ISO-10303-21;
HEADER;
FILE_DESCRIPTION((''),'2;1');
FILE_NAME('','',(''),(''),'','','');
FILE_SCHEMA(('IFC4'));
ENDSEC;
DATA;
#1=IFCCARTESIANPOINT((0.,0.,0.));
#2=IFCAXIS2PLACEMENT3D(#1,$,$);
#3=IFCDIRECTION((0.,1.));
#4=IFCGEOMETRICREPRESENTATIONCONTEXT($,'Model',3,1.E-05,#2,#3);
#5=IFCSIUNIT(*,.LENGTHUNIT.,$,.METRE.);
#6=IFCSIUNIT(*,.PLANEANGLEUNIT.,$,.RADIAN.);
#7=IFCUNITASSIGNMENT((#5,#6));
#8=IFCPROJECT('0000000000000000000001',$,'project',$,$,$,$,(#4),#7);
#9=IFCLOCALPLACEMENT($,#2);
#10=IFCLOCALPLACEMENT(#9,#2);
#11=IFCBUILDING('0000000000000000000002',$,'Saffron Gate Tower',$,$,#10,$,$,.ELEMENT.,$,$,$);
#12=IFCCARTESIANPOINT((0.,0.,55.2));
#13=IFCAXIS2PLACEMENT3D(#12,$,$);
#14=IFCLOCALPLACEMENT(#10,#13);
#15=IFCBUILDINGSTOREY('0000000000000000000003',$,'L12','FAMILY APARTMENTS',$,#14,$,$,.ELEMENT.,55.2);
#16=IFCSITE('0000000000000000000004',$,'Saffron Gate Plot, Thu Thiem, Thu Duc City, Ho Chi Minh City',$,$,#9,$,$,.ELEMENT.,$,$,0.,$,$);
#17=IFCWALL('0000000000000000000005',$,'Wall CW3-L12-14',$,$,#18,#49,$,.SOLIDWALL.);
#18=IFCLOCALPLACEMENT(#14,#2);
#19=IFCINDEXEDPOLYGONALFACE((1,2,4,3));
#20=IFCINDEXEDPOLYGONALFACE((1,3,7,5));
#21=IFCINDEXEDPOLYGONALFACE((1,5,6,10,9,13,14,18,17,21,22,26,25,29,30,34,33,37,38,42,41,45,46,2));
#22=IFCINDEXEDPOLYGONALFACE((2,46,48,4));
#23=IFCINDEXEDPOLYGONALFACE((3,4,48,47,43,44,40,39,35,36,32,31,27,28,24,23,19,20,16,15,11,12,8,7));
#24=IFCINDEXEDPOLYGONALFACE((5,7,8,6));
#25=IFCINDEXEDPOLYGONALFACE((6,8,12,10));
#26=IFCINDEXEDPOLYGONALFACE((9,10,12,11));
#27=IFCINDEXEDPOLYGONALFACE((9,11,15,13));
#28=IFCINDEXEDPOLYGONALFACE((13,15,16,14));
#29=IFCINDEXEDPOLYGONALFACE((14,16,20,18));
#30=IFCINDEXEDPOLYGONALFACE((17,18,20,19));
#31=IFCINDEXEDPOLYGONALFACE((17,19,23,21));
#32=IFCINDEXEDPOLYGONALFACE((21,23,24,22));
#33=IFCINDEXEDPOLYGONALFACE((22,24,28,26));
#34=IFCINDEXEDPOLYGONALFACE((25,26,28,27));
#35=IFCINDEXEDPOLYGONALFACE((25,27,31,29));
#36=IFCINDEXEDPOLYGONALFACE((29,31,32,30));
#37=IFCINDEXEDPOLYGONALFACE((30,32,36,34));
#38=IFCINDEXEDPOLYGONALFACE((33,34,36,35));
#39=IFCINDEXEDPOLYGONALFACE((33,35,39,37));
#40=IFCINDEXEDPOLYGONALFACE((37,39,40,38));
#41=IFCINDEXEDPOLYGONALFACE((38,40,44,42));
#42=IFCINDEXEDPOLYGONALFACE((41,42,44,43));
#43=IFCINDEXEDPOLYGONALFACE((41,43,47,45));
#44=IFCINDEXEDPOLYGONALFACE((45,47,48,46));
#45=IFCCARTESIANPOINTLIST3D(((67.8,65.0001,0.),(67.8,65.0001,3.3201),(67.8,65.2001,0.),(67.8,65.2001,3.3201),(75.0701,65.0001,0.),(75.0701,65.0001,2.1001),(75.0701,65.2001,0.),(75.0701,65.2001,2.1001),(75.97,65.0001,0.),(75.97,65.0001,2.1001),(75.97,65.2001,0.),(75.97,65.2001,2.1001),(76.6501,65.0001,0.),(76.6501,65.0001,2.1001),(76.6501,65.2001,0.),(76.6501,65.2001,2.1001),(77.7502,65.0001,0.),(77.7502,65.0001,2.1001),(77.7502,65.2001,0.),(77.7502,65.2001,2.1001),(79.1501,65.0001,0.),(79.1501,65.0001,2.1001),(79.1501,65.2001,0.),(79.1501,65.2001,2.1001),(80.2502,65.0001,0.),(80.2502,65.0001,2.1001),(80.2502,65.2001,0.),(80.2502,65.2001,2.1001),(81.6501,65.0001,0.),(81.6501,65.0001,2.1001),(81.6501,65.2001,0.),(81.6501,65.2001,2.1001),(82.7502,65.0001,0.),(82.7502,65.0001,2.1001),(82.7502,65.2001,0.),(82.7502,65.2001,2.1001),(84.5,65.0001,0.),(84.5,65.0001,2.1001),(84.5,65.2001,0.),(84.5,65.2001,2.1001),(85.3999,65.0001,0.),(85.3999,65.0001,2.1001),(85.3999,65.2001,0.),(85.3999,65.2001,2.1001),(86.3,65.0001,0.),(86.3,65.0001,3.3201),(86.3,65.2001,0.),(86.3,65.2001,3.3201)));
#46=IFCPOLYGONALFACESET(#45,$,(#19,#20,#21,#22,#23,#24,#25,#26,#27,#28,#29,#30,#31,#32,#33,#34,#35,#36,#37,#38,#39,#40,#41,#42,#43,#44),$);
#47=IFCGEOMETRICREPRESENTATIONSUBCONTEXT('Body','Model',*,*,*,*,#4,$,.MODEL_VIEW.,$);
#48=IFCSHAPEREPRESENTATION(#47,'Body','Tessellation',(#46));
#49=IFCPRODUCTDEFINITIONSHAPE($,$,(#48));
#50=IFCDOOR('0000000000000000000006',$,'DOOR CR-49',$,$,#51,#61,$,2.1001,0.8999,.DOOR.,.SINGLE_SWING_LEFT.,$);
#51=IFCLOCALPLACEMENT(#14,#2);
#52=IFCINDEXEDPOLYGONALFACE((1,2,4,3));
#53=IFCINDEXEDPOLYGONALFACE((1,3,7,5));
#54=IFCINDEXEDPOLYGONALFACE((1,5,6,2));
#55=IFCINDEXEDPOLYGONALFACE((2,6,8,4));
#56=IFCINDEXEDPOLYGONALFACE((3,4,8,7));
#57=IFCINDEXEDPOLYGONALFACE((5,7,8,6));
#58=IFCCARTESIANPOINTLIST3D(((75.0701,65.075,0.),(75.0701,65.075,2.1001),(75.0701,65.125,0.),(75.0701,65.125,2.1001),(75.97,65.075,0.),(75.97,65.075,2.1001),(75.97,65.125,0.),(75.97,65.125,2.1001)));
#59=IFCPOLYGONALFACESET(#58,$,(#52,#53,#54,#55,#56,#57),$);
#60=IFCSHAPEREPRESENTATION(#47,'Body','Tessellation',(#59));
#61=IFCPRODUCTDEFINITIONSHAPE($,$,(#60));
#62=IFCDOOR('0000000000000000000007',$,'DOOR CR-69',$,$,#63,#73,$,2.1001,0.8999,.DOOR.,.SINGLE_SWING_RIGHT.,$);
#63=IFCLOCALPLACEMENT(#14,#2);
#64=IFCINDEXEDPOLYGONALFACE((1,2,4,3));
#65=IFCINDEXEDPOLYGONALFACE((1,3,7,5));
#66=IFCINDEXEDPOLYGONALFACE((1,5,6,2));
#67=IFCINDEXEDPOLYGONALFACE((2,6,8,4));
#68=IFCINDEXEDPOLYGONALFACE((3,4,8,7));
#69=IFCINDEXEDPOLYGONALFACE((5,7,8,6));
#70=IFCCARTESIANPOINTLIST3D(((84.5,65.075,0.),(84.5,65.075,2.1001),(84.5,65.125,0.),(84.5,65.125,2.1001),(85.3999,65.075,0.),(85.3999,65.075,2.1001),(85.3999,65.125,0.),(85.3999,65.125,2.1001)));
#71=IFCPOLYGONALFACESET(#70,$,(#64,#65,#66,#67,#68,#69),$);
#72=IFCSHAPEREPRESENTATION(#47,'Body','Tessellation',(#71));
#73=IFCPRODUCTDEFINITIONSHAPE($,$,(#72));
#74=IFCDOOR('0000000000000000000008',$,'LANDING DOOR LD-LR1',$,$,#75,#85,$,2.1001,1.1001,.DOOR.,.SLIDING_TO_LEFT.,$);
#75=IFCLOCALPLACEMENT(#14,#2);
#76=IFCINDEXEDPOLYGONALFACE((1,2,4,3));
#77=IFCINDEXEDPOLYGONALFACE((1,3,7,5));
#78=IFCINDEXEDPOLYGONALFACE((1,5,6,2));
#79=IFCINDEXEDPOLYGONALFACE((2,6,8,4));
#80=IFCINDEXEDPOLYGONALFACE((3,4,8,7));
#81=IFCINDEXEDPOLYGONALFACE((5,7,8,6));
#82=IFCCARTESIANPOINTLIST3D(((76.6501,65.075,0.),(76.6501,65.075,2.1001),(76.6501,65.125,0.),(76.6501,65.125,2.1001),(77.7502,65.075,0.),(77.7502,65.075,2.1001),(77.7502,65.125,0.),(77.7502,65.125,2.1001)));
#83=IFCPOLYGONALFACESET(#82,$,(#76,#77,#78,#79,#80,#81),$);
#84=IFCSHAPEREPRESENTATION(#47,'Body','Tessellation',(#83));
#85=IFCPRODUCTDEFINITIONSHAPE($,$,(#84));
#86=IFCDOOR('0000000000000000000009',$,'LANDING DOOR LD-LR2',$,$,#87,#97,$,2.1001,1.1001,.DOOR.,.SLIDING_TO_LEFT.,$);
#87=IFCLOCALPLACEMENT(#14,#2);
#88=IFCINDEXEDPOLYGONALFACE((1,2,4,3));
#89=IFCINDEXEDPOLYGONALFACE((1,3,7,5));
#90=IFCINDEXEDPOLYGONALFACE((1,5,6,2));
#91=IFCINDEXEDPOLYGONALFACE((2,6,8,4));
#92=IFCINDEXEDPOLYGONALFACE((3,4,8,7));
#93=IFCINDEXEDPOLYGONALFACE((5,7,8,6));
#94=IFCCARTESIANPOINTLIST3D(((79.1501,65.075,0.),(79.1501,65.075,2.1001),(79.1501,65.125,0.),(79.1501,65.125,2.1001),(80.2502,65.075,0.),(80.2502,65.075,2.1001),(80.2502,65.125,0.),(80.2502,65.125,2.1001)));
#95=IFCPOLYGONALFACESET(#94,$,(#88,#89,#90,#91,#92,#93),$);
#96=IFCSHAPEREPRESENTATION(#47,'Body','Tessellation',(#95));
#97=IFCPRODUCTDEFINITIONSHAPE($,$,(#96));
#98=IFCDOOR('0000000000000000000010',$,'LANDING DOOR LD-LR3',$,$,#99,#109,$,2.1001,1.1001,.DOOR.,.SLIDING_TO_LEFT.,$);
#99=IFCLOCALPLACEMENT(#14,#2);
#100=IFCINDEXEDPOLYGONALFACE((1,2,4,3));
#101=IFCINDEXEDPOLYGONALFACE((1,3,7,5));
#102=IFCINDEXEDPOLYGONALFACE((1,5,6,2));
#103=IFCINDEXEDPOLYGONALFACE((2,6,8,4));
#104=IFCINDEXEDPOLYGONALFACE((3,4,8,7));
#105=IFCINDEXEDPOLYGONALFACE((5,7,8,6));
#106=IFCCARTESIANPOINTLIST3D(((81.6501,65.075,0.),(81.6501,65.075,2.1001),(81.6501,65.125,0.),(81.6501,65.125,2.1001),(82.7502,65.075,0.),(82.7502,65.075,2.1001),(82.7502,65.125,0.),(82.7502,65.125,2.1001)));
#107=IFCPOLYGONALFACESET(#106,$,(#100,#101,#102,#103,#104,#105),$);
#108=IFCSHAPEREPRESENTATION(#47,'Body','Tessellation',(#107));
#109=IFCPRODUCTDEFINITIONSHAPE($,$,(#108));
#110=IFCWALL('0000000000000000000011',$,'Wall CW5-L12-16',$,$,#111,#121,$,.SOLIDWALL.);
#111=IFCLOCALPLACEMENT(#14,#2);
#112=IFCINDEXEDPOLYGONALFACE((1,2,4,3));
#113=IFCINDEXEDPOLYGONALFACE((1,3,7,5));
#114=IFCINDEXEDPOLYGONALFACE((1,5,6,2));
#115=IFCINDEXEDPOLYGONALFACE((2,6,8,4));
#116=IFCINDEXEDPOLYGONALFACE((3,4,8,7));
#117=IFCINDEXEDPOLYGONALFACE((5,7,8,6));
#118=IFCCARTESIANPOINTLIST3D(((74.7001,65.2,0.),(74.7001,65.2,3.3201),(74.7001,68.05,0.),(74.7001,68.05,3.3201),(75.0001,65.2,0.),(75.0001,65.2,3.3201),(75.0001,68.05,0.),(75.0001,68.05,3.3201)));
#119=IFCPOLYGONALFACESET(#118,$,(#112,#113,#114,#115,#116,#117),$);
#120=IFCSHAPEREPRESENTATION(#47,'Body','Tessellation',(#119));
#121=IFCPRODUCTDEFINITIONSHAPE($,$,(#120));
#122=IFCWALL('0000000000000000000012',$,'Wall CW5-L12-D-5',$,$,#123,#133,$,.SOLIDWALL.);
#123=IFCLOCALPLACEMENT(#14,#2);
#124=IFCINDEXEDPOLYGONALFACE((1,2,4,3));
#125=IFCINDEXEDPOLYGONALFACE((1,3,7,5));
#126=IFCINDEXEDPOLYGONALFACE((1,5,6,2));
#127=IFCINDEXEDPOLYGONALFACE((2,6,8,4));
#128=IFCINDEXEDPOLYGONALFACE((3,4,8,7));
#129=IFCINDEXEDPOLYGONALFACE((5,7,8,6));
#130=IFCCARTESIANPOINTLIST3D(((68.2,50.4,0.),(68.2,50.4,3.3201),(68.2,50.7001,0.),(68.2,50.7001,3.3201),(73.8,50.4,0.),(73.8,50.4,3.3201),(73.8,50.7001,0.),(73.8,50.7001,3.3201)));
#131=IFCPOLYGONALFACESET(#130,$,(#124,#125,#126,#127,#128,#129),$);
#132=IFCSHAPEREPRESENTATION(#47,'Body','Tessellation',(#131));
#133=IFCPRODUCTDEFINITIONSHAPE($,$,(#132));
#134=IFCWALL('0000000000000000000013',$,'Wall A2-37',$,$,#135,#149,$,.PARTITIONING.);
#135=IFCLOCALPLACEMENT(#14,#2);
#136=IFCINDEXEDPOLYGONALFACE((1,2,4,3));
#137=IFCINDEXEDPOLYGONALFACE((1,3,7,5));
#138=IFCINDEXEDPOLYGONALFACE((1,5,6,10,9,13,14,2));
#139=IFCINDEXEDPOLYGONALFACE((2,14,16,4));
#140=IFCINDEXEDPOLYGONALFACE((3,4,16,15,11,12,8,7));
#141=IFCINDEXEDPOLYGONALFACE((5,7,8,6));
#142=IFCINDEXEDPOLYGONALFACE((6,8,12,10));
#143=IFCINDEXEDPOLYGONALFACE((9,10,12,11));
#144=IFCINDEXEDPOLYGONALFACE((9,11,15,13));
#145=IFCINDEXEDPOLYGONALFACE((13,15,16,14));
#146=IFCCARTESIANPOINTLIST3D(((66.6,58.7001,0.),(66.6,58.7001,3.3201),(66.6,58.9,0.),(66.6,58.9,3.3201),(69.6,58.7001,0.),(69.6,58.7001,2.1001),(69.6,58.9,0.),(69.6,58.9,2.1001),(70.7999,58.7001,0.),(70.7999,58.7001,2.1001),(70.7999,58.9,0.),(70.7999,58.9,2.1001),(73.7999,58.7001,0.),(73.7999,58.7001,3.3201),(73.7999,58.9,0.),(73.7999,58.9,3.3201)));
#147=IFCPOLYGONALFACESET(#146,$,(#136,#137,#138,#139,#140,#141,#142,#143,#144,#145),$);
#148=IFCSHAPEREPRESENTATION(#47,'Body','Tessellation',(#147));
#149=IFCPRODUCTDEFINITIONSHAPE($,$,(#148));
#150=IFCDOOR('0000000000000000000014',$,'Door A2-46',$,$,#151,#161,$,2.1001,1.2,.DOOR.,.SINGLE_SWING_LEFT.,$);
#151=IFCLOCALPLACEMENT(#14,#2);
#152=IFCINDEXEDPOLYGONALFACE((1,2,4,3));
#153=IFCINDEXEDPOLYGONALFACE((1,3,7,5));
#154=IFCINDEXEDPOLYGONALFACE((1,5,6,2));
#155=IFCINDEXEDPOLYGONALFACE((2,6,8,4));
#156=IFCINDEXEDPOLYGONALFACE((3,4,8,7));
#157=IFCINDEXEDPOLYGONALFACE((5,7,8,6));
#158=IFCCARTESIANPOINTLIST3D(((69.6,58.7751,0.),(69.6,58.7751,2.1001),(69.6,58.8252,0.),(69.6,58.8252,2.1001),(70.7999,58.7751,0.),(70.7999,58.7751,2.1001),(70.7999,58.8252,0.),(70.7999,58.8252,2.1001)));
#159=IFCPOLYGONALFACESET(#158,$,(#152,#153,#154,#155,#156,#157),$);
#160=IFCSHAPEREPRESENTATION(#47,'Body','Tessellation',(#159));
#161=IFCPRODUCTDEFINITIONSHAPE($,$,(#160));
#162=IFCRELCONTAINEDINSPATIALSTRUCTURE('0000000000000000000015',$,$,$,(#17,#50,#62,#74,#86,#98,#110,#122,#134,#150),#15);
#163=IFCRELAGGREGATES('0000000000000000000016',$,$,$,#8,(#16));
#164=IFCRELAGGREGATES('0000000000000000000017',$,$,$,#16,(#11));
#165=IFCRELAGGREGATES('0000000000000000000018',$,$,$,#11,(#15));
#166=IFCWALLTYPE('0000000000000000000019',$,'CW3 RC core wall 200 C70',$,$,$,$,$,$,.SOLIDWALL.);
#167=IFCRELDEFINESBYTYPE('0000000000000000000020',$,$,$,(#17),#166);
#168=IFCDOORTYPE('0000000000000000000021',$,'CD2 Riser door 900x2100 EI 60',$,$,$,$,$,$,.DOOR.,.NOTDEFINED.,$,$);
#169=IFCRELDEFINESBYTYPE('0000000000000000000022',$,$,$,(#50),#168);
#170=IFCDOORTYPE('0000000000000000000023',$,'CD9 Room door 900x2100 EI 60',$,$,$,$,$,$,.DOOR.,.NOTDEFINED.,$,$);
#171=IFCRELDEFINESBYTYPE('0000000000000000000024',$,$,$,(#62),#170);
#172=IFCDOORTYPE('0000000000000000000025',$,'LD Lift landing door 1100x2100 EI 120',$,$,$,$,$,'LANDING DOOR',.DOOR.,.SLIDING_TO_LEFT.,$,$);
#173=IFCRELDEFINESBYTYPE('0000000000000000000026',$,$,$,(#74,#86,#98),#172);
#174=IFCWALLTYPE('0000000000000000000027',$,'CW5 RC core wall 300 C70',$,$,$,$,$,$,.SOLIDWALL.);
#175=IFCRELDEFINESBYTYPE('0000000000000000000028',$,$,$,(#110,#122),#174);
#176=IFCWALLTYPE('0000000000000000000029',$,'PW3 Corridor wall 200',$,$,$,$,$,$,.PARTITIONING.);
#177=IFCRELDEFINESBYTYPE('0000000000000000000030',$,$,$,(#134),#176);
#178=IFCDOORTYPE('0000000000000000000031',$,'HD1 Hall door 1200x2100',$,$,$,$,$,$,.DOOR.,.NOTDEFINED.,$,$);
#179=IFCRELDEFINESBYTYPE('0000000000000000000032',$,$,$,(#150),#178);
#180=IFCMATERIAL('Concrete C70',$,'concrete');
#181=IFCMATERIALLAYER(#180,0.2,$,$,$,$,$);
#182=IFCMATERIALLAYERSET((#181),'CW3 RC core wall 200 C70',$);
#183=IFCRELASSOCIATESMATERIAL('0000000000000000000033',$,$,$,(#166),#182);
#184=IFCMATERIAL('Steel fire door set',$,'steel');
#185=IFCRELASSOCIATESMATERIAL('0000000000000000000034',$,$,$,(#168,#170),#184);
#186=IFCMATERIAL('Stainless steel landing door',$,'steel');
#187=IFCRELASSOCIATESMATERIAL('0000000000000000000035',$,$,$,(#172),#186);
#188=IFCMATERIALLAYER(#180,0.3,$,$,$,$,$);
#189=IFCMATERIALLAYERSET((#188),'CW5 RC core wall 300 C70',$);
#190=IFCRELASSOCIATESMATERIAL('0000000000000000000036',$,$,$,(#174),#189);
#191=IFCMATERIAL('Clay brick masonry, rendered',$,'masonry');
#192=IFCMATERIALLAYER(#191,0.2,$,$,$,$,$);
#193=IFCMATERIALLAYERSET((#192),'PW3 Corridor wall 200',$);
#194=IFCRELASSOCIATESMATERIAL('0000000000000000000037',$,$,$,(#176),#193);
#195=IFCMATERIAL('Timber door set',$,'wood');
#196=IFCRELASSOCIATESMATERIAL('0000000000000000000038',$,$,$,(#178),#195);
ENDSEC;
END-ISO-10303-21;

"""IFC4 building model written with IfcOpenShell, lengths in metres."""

from ifc_helpers import new_model, si_unit, direction, frame, frame_2d, origin, place, context, subcontext, project, spatial, rectangle, extrude, material, layer, layer_set, type_object, element, fill, save


model = new_model("IFC4")

# Units and contexts
model_context = context("Model", 3, precision=1e-05, world=origin(), true_north=direction((0.0, 1.0)))
body_context = subcontext(model_context, "Body", "Model", "MODEL_VIEW")
ifc_project = project(units=[si_unit("LENGTHUNIT", "METRE"), si_unit("PLANEANGLEUNIT", "RADIAN")], contexts=[model_context])

# Site, building, storey
site_placement = place(None, origin())
site = spatial("IfcSite", under=ifc_project, at=site_placement, Name="Saffron Gate Plot, Thu Thiem, Thu Duc City, Ho Chi Minh City", CompositionType="ELEMENT", RefElevation=0.0)
building_placement = place(site_placement, origin())
building = spatial("IfcBuilding", under=site, at=building_placement, Name="Saffron Gate Tower", CompositionType="ELEMENT")
storey_placement = place(building_placement, frame((0.0, 0.0, 55.2)))
storey = spatial("IfcBuildingStorey", under=building, at=storey_placement, Name="L12", Description="FAMILY APARTMENTS", CompositionType="ELEMENT", Elevation=55.2)

# Shared definitions
ifc_material_1 = material(Name="Concrete C70", Category="concrete")
ifc_material_2 = material(Name="Steel fire door set", Category="steel")

# Shared definitions
ifc_layer_1 = layer(ifc_material_1, 0.2)
ifc_layer_set_1 = layer_set([ifc_layer_1], Name="CW3 RC core wall 200 C70")
wall_type_1 = type_object("IfcWallType", Name="CW3 RC core wall 200 C70", PredefinedType="SOLIDWALL", material=ifc_layer_set_1)

# Wall, openings, doors
wall_1_placement = place(storey_placement, frame((67.8, 65.1001, 0.0), z_axis=(0.0, 0.0, 1.0), x_axis=(1.0, 0.0, 0.0)))
wall_1 = element("IfcWall", 1, at=wall_1_placement, inside=storey, type_object=wall_type_1, Name="Wall CW3-L12-14", PredefinedType="SOLIDWALL", context=body_context, shape_type="SweptSolid", body=[
    extrude(rectangle(XDim=18.5, YDim=0.2, at=frame_2d((9.25, 0.0))), origin(), (0.0, 0.0, 1.0), 3.3201),
])
opening_1_placement = place(wall_1_placement, frame((7.27, 0.0, 0.0)))
opening_1 = element("IfcOpeningElement", 2, at=opening_1_placement, cuts=wall_1, PredefinedType="OPENING", context=body_context, shape_type="SweptSolid", body=[
    extrude(rectangle(XDim=0.8999, YDim=2.1001, at=frame_2d((0.45, 1.05))), frame((0.0, 0.1099, 0.0), z_axis=(0.0, -1.0, 0.0), x_axis=(1.0, 0.0, 0.0)), (0.0, 0.0, 1.0), 0.22),
])
opening_2_placement = place(wall_1_placement, frame((8.8501, 0.0, 0.0)))
opening_2 = element("IfcOpeningElement", 3, at=opening_2_placement, cuts=wall_1, PredefinedType="OPENING", context=body_context, shape_type="SweptSolid", body=[
    extrude(rectangle(XDim=1.1001, YDim=2.1001, at=frame_2d((0.55, 1.05))), frame((0.0, 0.1099, 0.0), z_axis=(0.0, -1.0, 0.0), x_axis=(1.0, 0.0, 0.0)), (0.0, 0.0, 1.0), 0.22),
])
opening_3_placement = place(wall_1_placement, frame((11.3501, 0.0, 0.0)))
opening_3 = element("IfcOpeningElement", 4, at=opening_3_placement, cuts=wall_1, PredefinedType="OPENING", context=body_context, shape_type="SweptSolid", body=[
    extrude(rectangle(XDim=1.1001, YDim=2.1001, at=frame_2d((0.55, 1.05))), frame((0.0, 0.1099, 0.0), z_axis=(0.0, -1.0, 0.0), x_axis=(1.0, 0.0, 0.0)), (0.0, 0.0, 1.0), 0.22),
])
opening_4_placement = place(wall_1_placement, frame((13.8501, 0.0, 0.0)))
opening_4 = element("IfcOpeningElement", 5, at=opening_4_placement, cuts=wall_1, PredefinedType="OPENING", context=body_context, shape_type="SweptSolid", body=[
    extrude(rectangle(XDim=1.1001, YDim=2.1001, at=frame_2d((0.55, 1.05))), frame((0.0, 0.1099, 0.0), z_axis=(0.0, -1.0, 0.0), x_axis=(1.0, 0.0, 0.0)), (0.0, 0.0, 1.0), 0.22),
])
opening_5_placement = place(wall_1_placement, frame((16.7, 0.0, 0.0)))
opening_5 = element("IfcOpeningElement", 6, at=opening_5_placement, cuts=wall_1, PredefinedType="OPENING", context=body_context, shape_type="SweptSolid", body=[
    extrude(rectangle(XDim=0.8999, YDim=2.1001, at=frame_2d((0.45, 1.05))), frame((0.0, 0.1099, 0.0), z_axis=(0.0, -1.0, 0.0), x_axis=(1.0, 0.0, 0.0)), (0.0, 0.0, 1.0), 0.22),
])
door_type_1 = type_object("IfcDoorType", Name="CD2 Riser door 900x2100 EI 60", OperationType="NOTDEFINED", PredefinedType="DOOR", material=ifc_material_2)
door_1_placement = place(opening_1_placement, origin())
door_1 = element("IfcDoor", 7, at=door_1_placement, inside=storey, type_object=door_type_1, Name="DOOR CR-49", OperationType="SINGLE_SWING_LEFT", OverallHeight=2.1001, OverallWidth=0.8999, PredefinedType="DOOR", context=body_context, shape_type="SweptSolid", body=[
    extrude(rectangle(XDim=0.8999, YDim=2.1001, at=frame_2d((0.45, 1.05))), frame((0.0, 0.0249, 0.0), z_axis=(0.0, -1.0, 0.0), x_axis=(1.0, 0.0, 0.0)), (0.0, 0.0, 1.0), 0.05),
])
fill(opening_1, door_1)
door_type_2 = type_object("IfcDoorType", Name="CD9 Room door 900x2100 EI 60", OperationType="NOTDEFINED", PredefinedType="DOOR", material=ifc_material_2)
door_2_placement = place(opening_5_placement, origin())
door_2 = element("IfcDoor", 8, at=door_2_placement, inside=storey, type_object=door_type_2, Name="DOOR CR-69", OperationType="SINGLE_SWING_RIGHT", OverallHeight=2.1001, OverallWidth=0.8999, PredefinedType="DOOR", context=body_context, shape_type="SweptSolid", body=[
    extrude(rectangle(XDim=0.8999, YDim=2.1001, at=frame_2d((0.45, 1.05))), frame((0.0, 0.0249, 0.0), z_axis=(0.0, -1.0, 0.0), x_axis=(1.0, 0.0, 0.0)), (0.0, 0.0, 1.0), 0.05),
])
fill(opening_5, door_2)
ifc_material_3 = material(Name="Stainless steel landing door", Category="steel")
door_type_3 = type_object("IfcDoorType", Name="LD Lift landing door 1100x2100 EI 120", ElementType="LANDING DOOR", OperationType="SLIDING_TO_LEFT", PredefinedType="DOOR", material=ifc_material_3)
door_3_placement = place(opening_2_placement, origin())
door_3 = element("IfcDoor", 9, at=door_3_placement, inside=storey, type_object=door_type_3, Name="LANDING DOOR LD-LR1", OperationType="SLIDING_TO_LEFT", OverallHeight=2.1001, OverallWidth=1.1001, PredefinedType="DOOR", context=body_context, shape_type="SweptSolid", body=[
    extrude(rectangle(XDim=1.1001, YDim=2.1001, at=frame_2d((0.55, 1.05))), frame((0.0, 0.0249, 0.0), z_axis=(0.0, -1.0, 0.0), x_axis=(1.0, 0.0, 0.0)), (0.0, 0.0, 1.0), 0.05),
])
fill(opening_2, door_3)
door_4_placement = place(opening_3_placement, origin())
door_4 = element("IfcDoor", 10, at=door_4_placement, inside=storey, type_object=door_type_3, Name="LANDING DOOR LD-LR2", OperationType="SLIDING_TO_LEFT", OverallHeight=2.1001, OverallWidth=1.1001, PredefinedType="DOOR", context=body_context, shape_type="SweptSolid", body=[
    extrude(rectangle(XDim=1.1001, YDim=2.1001, at=frame_2d((0.55, 1.05))), frame((0.0, 0.0249, 0.0), z_axis=(0.0, -1.0, 0.0), x_axis=(1.0, 0.0, 0.0)), (0.0, 0.0, 1.0), 0.05),
])
fill(opening_3, door_4)
door_5_placement = place(opening_4_placement, origin())
door_5 = element("IfcDoor", 11, at=door_5_placement, inside=storey, type_object=door_type_3, Name="LANDING DOOR LD-LR3", OperationType="SLIDING_TO_LEFT", OverallHeight=2.1001, OverallWidth=1.1001, PredefinedType="DOOR", context=body_context, shape_type="SweptSolid", body=[
    extrude(rectangle(XDim=1.1001, YDim=2.1001, at=frame_2d((0.55, 1.05))), frame((0.0, 0.0249, 0.0), z_axis=(0.0, -1.0, 0.0), x_axis=(1.0, 0.0, 0.0)), (0.0, 0.0, 1.0), 0.05),
])
fill(opening_4, door_5)

# Walls
ifc_layer_2 = layer(ifc_material_1, 0.3)
ifc_layer_set_2 = layer_set([ifc_layer_2], Name="CW5 RC core wall 300 C70")
wall_type_2 = type_object("IfcWallType", Name="CW5 RC core wall 300 C70", PredefinedType="SOLIDWALL", material=ifc_layer_set_2)
wall_2_placement = place(storey_placement, frame((74.8501, 65.2, 0.0), z_axis=(0.0, 0.0, 1.0), x_axis=(0.0, 1.0, 0.0)))
element("IfcWall", 12, at=wall_2_placement, inside=storey, type_object=wall_type_2, Name="Wall CW5-L12-16", PredefinedType="SOLIDWALL", context=body_context, shape_type="SweptSolid", body=[
    extrude(rectangle(XDim=2.8501, YDim=0.3, at=frame_2d((1.425, 0.0))), origin(), (0.0, 0.0, 1.0), 3.3201),
])
wall_3_placement = place(storey_placement, frame((68.2, 50.55, 0.0), z_axis=(0.0, 0.0, 1.0), x_axis=(1.0, 0.0, 0.0)))
element("IfcWall", 13, at=wall_3_placement, inside=storey, type_object=wall_type_2, Name="Wall CW5-L12-D-5", PredefinedType="SOLIDWALL", context=body_context, shape_type="SweptSolid", body=[
    extrude(rectangle(XDim=5.6001, YDim=0.3, at=frame_2d((2.8, 0.0))), origin(), (0.0, 0.0, 1.0), 3.3201),
])

# Wall, opening, door
ifc_material_4 = material(Name="Clay brick masonry, rendered", Category="masonry")
ifc_layer_3 = layer(ifc_material_4, 0.2)
ifc_layer_set_3 = layer_set([ifc_layer_3], Name="PW3 Corridor wall 200")
wall_type_3 = type_object("IfcWallType", Name="PW3 Corridor wall 200", PredefinedType="PARTITIONING", material=ifc_layer_set_3)
wall_4_placement = place(storey_placement, frame((73.8, 58.8, 0.0), z_axis=(0.0, 0.0, 1.0), x_axis=(-1.0, 0.0, 0.0)))
wall_4 = element("IfcWall", 14, at=wall_4_placement, inside=storey, type_object=wall_type_3, Name="Wall A2-37", PredefinedType="PARTITIONING", context=body_context, shape_type="SweptSolid", body=[
    extrude(rectangle(XDim=7.2, YDim=0.2, at=frame_2d((3.6001, 0.0))), origin(), (0.0, 0.0, 1.0), 3.3201),
])
opening_6_placement = place(wall_4_placement, frame((3.0, 0.0, 0.0)))
opening_6 = element("IfcOpeningElement", 15, at=opening_6_placement, cuts=wall_4, PredefinedType="OPENING", context=body_context, shape_type="SweptSolid", body=[
    extrude(rectangle(XDim=1.2, YDim=2.1001, at=frame_2d((0.6001, 1.05))), frame((0.0, 0.1099, 0.0), z_axis=(0.0, -1.0, 0.0), x_axis=(1.0, 0.0, 0.0)), (0.0, 0.0, 1.0), 0.22),
])
ifc_material_5 = material(Name="Timber door set", Category="wood")
door_type_4 = type_object("IfcDoorType", Name="HD1 Hall door 1200x2100", OperationType="NOTDEFINED", PredefinedType="DOOR", material=ifc_material_5)
door_6_placement = place(opening_6_placement, origin())
door_6 = element("IfcDoor", 16, at=door_6_placement, inside=storey, type_object=door_type_4, Name="Door A2-46", OperationType="SINGLE_SWING_LEFT", OverallHeight=2.1001, OverallWidth=1.2, PredefinedType="DOOR", context=body_context, shape_type="SweptSolid", body=[
    extrude(rectangle(XDim=1.2, YDim=2.1001, at=frame_2d((0.6001, 1.05))), frame((0.0, 0.0249, 0.0), z_axis=(0.0, -1.0, 0.0), x_axis=(1.0, 0.0, 0.0)), (0.0, 0.0, 1.0), 0.05),
])
fill(opening_6, door_6)

save(model, "model.ifc")
